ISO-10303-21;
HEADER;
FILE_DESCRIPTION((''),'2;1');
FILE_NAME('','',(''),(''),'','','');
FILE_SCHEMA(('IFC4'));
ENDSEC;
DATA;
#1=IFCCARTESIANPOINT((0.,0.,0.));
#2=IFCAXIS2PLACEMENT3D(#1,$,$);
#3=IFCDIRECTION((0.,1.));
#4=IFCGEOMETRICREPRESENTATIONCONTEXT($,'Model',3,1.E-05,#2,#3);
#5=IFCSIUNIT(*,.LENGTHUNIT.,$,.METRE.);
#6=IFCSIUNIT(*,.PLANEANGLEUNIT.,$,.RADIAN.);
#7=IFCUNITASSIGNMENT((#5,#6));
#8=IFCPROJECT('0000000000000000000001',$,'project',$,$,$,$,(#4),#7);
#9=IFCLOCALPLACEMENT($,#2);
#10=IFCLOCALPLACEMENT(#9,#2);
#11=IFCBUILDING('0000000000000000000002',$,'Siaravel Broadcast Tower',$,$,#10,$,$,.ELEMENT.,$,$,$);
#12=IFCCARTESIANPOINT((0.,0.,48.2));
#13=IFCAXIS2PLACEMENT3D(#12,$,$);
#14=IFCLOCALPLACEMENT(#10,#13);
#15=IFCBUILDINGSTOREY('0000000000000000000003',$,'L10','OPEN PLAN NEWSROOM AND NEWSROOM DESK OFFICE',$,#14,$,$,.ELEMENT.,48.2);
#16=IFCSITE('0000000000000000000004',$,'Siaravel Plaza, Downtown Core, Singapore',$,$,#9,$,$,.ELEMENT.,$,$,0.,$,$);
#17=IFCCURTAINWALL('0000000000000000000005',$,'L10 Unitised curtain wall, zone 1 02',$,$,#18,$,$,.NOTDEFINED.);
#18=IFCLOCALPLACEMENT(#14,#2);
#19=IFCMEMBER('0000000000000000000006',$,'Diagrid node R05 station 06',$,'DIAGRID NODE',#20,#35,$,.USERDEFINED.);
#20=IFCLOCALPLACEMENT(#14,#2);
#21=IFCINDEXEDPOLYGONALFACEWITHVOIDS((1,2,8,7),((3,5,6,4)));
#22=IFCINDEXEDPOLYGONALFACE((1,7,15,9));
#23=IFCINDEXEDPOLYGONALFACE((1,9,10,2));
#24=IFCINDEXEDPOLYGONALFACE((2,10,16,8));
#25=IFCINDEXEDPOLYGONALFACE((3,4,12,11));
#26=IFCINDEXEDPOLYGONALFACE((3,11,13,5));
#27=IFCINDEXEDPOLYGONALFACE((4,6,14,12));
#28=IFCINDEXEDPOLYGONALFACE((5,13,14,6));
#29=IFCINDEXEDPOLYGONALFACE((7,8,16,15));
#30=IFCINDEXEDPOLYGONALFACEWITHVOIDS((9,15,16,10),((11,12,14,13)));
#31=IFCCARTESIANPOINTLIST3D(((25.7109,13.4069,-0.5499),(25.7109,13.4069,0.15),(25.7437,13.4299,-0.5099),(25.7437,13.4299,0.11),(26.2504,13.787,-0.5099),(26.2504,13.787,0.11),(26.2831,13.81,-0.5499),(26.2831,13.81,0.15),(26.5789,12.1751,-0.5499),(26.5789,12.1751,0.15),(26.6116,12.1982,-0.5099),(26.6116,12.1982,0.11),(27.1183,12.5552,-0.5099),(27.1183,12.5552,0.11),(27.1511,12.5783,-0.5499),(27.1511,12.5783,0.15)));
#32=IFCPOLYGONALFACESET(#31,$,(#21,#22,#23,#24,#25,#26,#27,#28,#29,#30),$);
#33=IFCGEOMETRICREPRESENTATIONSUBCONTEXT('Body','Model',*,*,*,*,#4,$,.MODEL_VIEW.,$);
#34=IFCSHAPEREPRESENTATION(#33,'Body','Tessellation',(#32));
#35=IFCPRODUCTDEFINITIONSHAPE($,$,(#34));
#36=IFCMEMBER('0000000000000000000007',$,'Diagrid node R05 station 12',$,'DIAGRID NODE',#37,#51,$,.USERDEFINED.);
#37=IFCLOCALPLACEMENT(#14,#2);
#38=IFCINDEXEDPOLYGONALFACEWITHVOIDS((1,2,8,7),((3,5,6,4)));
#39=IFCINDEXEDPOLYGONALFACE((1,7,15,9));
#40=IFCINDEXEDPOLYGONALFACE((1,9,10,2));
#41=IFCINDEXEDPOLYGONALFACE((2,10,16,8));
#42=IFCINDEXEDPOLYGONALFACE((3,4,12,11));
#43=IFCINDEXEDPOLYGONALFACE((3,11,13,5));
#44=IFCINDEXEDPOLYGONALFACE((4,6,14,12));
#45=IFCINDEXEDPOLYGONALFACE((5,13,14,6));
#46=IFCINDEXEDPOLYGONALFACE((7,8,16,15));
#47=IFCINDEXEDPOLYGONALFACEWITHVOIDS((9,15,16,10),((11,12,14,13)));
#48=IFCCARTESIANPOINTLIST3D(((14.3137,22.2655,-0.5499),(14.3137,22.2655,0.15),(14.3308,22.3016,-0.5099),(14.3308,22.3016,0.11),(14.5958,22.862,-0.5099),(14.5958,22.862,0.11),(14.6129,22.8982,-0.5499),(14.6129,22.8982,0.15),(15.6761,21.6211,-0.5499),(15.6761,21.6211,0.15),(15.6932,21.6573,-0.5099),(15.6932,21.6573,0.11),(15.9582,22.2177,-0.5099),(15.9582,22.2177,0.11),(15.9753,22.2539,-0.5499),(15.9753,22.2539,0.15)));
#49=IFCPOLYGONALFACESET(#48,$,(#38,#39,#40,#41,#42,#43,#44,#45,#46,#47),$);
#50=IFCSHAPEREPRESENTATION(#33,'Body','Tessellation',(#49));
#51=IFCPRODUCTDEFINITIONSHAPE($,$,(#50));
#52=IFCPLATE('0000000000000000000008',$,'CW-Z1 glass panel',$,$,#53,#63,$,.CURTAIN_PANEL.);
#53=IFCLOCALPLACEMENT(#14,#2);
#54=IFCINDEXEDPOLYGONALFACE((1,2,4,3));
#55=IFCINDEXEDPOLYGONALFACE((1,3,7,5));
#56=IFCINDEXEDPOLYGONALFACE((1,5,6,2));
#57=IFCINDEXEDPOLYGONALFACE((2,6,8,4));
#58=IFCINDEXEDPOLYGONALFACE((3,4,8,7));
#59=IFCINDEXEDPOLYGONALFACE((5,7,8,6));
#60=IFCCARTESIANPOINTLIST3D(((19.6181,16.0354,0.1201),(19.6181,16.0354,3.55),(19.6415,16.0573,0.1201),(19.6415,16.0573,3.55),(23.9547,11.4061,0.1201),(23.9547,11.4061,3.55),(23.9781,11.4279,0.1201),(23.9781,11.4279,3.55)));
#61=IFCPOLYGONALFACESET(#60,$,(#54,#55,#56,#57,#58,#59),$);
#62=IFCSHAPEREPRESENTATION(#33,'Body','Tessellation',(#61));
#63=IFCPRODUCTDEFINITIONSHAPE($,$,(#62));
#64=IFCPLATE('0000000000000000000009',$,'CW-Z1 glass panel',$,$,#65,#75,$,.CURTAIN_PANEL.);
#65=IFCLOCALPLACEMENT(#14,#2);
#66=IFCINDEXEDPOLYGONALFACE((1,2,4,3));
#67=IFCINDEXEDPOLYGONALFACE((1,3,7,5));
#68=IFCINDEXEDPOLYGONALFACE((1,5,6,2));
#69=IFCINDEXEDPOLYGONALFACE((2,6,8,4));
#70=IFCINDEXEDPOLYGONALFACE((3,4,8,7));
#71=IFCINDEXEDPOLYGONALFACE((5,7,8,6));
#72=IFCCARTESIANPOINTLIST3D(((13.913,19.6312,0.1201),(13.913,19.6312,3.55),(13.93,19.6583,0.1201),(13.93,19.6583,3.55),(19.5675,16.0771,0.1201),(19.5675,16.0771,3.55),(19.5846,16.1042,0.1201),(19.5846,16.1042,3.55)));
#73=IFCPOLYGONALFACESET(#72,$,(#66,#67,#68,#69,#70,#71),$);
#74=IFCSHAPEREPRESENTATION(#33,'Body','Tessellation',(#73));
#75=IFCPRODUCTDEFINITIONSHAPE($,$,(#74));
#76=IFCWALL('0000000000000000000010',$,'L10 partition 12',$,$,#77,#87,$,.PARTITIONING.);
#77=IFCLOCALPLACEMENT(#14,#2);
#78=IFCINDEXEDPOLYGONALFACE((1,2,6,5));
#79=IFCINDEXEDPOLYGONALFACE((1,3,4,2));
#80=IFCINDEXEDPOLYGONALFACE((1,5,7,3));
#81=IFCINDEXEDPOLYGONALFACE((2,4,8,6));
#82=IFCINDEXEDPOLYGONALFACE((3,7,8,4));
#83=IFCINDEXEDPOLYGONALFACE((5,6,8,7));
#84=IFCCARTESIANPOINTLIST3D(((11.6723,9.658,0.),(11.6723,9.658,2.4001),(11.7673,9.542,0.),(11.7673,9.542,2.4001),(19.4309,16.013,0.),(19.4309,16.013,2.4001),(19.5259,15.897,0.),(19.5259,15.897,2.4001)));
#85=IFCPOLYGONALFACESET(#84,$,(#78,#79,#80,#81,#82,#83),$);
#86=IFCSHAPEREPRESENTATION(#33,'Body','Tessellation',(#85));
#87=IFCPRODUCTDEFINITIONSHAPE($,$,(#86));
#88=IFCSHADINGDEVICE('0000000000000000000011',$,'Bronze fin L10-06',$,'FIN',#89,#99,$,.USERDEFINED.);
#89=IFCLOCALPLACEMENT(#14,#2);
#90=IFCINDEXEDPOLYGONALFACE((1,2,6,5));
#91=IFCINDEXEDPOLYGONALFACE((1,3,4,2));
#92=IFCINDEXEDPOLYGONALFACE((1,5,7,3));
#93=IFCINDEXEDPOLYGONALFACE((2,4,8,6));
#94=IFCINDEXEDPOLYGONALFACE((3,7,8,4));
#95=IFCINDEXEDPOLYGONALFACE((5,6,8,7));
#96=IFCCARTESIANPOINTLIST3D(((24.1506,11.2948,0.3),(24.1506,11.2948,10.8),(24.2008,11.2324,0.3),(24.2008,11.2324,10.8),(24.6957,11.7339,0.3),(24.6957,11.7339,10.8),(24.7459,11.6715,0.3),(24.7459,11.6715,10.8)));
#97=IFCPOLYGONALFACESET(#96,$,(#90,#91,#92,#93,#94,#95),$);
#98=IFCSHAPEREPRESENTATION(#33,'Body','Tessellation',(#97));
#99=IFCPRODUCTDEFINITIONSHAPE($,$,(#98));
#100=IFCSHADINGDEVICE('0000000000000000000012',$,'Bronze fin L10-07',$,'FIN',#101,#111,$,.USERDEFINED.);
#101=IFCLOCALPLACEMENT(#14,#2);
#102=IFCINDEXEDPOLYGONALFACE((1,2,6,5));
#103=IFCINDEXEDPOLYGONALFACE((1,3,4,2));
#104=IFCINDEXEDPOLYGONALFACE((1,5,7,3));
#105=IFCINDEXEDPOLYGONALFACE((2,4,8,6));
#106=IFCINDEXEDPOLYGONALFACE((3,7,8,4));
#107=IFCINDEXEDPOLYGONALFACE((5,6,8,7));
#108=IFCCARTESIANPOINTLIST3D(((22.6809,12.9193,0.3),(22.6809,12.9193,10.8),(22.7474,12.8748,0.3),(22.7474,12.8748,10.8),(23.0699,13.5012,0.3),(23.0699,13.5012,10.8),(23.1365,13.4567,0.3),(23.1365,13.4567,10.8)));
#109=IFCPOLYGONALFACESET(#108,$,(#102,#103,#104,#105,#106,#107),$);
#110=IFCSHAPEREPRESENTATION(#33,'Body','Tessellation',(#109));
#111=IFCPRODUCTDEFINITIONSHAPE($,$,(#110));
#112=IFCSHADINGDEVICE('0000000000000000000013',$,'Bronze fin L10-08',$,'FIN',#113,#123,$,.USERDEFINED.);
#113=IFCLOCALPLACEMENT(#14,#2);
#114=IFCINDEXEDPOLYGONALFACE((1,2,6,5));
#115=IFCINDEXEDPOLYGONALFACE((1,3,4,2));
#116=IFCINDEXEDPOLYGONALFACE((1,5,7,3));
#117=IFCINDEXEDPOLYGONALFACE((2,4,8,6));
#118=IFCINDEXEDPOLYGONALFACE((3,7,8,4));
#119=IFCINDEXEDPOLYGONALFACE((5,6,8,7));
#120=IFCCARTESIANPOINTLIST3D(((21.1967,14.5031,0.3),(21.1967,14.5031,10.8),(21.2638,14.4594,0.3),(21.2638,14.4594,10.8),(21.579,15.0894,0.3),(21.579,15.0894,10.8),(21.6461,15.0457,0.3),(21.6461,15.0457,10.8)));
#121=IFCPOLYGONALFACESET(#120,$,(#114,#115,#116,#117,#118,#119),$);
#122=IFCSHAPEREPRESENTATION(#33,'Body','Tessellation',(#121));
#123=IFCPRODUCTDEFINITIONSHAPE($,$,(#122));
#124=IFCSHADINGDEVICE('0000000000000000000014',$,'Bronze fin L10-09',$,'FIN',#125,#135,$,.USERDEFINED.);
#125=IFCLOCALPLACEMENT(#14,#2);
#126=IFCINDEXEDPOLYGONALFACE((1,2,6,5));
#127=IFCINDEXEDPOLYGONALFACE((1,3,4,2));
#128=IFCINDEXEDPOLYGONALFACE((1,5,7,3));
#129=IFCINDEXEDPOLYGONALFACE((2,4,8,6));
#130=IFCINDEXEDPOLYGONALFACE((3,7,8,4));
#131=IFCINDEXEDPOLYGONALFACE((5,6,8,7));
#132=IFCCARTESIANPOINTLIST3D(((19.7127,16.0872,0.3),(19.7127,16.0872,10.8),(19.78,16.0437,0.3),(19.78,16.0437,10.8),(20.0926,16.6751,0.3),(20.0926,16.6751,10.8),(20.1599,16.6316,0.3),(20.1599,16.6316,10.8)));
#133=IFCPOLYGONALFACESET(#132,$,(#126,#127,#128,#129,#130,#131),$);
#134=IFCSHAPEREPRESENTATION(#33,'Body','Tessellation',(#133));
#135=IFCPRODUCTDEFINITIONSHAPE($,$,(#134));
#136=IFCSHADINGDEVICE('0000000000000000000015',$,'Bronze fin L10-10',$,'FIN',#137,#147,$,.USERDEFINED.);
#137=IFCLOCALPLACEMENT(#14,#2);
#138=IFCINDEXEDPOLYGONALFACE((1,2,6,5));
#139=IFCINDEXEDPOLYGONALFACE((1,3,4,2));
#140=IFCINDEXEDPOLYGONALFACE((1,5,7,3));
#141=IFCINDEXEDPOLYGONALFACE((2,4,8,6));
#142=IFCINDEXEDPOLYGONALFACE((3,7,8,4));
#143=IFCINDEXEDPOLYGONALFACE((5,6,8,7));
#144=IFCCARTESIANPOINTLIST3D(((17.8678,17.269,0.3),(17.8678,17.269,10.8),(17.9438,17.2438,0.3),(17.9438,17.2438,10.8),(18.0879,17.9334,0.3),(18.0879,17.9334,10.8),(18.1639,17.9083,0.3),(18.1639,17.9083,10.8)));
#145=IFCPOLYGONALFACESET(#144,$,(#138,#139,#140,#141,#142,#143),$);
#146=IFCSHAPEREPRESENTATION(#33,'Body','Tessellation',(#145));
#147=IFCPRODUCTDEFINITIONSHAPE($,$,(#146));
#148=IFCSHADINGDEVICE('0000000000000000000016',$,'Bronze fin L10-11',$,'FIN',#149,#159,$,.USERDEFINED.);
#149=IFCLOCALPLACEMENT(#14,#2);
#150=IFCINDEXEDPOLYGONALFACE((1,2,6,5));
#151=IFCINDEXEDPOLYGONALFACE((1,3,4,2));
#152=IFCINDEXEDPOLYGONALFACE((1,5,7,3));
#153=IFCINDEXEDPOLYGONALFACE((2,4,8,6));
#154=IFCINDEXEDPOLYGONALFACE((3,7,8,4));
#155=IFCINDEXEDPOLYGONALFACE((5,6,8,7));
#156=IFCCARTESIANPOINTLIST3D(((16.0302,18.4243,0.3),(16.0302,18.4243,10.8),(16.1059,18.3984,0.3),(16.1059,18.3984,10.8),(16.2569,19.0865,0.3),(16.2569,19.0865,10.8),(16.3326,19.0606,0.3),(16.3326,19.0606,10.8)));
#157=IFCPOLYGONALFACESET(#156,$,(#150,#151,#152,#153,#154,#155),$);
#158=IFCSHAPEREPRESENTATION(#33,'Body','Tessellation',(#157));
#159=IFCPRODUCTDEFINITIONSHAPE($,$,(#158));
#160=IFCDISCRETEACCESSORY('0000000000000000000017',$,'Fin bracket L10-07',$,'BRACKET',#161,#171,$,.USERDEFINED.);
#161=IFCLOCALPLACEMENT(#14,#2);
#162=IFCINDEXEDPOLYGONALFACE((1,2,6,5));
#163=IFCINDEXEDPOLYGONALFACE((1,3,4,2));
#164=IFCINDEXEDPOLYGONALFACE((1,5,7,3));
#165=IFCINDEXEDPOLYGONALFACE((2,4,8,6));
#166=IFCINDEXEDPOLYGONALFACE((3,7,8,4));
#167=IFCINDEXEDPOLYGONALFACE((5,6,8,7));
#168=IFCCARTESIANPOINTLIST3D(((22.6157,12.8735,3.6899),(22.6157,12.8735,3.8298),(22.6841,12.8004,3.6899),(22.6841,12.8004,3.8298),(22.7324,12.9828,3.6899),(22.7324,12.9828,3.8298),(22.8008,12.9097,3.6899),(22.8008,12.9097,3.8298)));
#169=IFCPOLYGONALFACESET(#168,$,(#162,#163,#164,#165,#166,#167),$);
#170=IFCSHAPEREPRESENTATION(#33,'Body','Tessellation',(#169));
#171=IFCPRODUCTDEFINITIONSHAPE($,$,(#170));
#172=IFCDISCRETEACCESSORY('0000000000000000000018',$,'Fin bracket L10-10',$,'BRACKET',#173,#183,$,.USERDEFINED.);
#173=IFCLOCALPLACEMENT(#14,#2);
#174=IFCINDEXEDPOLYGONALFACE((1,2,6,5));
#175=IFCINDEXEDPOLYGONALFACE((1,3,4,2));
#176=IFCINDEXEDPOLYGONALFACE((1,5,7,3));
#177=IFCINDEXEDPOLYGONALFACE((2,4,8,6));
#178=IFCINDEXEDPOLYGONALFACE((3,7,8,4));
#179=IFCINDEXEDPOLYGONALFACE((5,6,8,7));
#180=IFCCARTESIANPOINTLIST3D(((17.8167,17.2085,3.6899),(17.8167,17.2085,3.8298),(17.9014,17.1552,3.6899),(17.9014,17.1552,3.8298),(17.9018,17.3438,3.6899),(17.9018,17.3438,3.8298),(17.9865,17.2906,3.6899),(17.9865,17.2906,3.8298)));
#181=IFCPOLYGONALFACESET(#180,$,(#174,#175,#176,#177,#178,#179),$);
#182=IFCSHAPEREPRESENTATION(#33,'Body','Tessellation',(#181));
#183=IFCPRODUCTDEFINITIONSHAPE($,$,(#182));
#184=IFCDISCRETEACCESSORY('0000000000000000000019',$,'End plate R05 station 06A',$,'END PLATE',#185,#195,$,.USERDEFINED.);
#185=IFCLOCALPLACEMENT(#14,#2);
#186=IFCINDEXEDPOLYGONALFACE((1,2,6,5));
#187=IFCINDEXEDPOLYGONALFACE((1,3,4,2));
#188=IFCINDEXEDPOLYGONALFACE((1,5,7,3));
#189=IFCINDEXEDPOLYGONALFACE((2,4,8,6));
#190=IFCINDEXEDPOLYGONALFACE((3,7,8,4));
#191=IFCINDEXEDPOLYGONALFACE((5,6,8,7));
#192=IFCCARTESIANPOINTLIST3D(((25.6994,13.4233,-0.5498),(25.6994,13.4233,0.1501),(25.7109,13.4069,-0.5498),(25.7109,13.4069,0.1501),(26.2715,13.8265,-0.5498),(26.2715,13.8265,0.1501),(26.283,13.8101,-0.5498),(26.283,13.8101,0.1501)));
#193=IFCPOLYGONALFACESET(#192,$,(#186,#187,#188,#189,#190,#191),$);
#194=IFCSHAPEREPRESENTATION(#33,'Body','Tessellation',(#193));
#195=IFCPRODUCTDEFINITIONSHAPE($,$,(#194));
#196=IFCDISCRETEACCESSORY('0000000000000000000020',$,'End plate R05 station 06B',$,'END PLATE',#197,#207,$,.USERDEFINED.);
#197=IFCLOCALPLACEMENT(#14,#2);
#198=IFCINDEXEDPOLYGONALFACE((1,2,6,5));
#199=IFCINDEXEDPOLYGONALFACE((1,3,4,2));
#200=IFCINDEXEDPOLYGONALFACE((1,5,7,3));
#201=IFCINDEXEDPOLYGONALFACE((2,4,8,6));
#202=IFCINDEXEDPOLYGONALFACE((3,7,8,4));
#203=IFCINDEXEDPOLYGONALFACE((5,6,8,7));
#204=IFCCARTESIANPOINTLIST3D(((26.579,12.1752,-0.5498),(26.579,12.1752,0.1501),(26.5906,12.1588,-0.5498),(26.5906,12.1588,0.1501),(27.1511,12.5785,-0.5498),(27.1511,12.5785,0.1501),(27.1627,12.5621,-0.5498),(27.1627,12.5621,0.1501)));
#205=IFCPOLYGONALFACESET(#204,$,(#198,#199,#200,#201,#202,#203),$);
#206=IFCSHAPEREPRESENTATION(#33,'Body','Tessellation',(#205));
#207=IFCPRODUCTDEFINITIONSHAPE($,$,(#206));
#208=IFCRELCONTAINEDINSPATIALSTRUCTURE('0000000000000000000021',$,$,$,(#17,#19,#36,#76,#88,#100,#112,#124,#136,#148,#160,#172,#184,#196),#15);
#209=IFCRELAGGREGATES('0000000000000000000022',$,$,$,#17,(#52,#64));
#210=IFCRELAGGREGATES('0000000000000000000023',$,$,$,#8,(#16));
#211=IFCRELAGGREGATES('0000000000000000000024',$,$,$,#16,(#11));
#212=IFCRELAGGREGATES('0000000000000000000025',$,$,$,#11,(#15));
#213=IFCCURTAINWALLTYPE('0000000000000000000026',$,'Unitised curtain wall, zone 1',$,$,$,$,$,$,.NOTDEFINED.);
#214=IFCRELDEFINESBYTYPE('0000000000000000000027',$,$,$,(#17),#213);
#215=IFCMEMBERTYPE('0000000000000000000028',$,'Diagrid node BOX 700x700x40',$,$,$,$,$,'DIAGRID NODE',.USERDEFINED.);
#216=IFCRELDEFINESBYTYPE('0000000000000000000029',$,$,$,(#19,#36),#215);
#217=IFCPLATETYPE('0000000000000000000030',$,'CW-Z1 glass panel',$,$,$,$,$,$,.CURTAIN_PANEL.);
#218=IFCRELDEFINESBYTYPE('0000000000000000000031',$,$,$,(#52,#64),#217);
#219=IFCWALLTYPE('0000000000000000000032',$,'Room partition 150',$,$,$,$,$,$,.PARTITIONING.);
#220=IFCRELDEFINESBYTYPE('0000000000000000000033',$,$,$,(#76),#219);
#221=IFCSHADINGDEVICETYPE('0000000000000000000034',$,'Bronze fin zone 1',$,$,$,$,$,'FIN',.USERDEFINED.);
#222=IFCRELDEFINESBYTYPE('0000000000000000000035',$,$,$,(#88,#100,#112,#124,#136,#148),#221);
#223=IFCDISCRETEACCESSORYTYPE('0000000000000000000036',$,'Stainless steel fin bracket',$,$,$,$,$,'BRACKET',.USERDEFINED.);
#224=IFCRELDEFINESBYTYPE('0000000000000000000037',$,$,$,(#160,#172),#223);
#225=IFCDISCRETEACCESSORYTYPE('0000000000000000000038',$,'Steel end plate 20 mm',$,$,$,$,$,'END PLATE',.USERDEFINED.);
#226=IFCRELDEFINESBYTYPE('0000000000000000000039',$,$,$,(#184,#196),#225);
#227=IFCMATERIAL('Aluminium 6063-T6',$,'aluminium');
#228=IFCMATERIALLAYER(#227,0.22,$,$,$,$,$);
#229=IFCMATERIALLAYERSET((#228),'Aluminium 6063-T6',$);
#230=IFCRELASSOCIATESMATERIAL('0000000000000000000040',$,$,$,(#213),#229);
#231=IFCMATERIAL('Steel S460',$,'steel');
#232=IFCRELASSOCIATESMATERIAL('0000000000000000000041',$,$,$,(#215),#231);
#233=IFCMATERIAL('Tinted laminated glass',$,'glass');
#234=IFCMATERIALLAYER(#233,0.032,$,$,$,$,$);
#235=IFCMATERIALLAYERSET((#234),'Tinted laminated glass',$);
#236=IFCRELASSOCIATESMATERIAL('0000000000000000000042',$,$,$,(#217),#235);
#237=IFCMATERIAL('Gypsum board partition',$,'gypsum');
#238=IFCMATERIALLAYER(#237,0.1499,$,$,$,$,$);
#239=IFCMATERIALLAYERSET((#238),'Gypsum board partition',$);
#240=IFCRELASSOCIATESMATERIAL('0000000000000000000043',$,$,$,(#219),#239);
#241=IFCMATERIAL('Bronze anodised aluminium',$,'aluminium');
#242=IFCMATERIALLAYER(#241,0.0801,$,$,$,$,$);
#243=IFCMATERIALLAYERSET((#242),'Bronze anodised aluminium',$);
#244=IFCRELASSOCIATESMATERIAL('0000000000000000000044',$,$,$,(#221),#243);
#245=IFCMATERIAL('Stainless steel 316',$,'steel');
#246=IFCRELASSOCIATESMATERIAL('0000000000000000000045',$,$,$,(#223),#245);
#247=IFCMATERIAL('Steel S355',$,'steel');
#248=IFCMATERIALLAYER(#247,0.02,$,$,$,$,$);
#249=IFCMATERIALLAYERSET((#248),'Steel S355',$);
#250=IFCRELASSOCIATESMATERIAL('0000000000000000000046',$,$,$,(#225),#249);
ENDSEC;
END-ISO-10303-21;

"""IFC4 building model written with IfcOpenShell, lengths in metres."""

from ifc_helpers import new_model, si_unit, direction, frame, frame_2d, origin, origin_2d, place, context, subcontext, project, spatial, rectangle, hollow_rectangle, extrude, material, layer, layer_set, material_profile, profile_set, type_object, element, aggregate, save


model = new_model("IFC4")

# Units and contexts
model_context = context("Model", 3, precision=1e-05, world=origin(), true_north=direction((0.0, 1.0)))
body_context = subcontext(model_context, "Body", "Model", "MODEL_VIEW")
ifc_project = project(units=[si_unit("LENGTHUNIT", "METRE"), si_unit("PLANEANGLEUNIT", "RADIAN")], contexts=[model_context])

# Site, building, storey
site_placement = place(None, origin())
site = spatial("IfcSite", under=ifc_project, at=site_placement, Name="Siaravel Plaza, Downtown Core, Singapore", CompositionType="ELEMENT", RefElevation=0.0)
building_placement = place(site_placement, origin())
building = spatial("IfcBuilding", under=site, at=building_placement, Name="Siaravel Broadcast Tower", CompositionType="ELEMENT")
storey_placement = place(building_placement, frame((0.0, 0.0, 48.2)))
storey = spatial("IfcBuildingStorey", under=building, at=storey_placement, Name="L10", Description="OPEN PLAN NEWSROOM AND NEWSROOM DESK OFFICE", CompositionType="ELEMENT", Elevation=48.2)

# Shared definitions
ifc_material_1 = material(Name="Steel S355", Category="steel")

# Curtain wall
ifc_material_2 = material(Name="Aluminium 6063-T6", Category="aluminium")
ifc_layer_1 = layer(ifc_material_2, 0.22)
ifc_layer_set_1 = layer_set([ifc_layer_1], Name="Aluminium 6063-T6")
curtain_wall_type = type_object("IfcCurtainWallType", Name="Unitised curtain wall, zone 1", PredefinedType="NOTDEFINED", material=ifc_layer_set_1)
curtain_wall_placement = place(storey_placement, origin())
curtain_wall = element("IfcCurtainWall", 1, at=curtain_wall_placement, inside=storey, type_object=curtain_wall_type, Name="L10 Unitised curtain wall, zone 1 02", PredefinedType="NOTDEFINED")

# Members
ifc_material_3 = material(Name="Steel S460", Category="steel")
ifc_material_profile_1 = material_profile(ifc_material_3, hollow_rectangle(XDim=0.7, YDim=0.7, WallThickness=0.04, at=origin_2d()))
ifc_profile_set_1 = profile_set([ifc_material_profile_1], Name="Steel S460")
member_type_1 = type_object("IfcMemberType", Name="Diagrid node BOX 700x700x40", ElementType="DIAGRID NODE", PredefinedType="USERDEFINED", material=ifc_profile_set_1)
member_1_placement = place(storey_placement, frame((26.865, 12.3767, -0.2), z_axis=(-0.576015, 0.817439, 0.0), x_axis=(-0.817439, -0.576015, 0.0)))
element("IfcMember", 2, at=member_1_placement, inside=storey, type_object=member_type_1, Name="Diagrid node R05 station 06", ObjectType="DIAGRID NODE", PredefinedType="USERDEFINED", context=body_context, shape_type="SweptSolid", body=[
    extrude(hollow_rectangle(XDim=0.7, YDim=0.7, WallThickness=0.04, at=origin_2d()), origin(), (0.0, 0.0, 1.0), 1.5068),
])
member_2_placement = place(storey_placement, frame((15.8257, 21.9375, -0.2), z_axis=(-0.903998, 0.427536, 0.0), x_axis=(-0.427536, -0.903998, 0.0)))
element("IfcMember", 3, at=member_2_placement, inside=storey, type_object=member_type_1, Name="Diagrid node R05 station 12", ObjectType="DIAGRID NODE", PredefinedType="USERDEFINED", context=body_context, shape_type="SweptSolid", body=[
    extrude(hollow_rectangle(XDim=0.7, YDim=0.7, WallThickness=0.04, at=origin_2d()), origin(), (0.0, 0.0, 1.0), 1.5071),
])

# Plates
ifc_material_4 = material(Name="Tinted laminated glass", Category="glass")
ifc_layer_2 = layer(ifc_material_4, 0.032)
ifc_layer_set_2 = layer_set([ifc_layer_2], Name="Tinted laminated glass")
plate_type = type_object("IfcPlateType", Name="CW-Z1 glass panel", PredefinedType="CURTAIN_PANEL", material=ifc_layer_set_2)
plate_1_placement = place(storey_placement, frame((21.7981, 13.7317, 0.1201), z_axis=(0.0, 0.0, 1.0), x_axis=(-0.683655, 0.729805, 0.0)))
plate_1 = element("IfcPlate", 4, at=plate_1_placement, type_object=plate_type, Name="CW-Z1 glass panel", PredefinedType="CURTAIN_PANEL", context=body_context, shape_type="SweptSolid", body=[
    extrude(rectangle(XDim=6.3433, YDim=0.032, at=origin_2d()), origin(), (0.0, 0.0, 1.0), 3.4299),
])
plate_2_placement = place(storey_placement, frame((16.7488, 17.8677, 0.1201), z_axis=(0.0, 0.0, 1.0), x_axis=(-0.846651, 0.532149, 0.0)))
plate_2 = element("IfcPlate", 5, at=plate_2_placement, type_object=plate_type, Name="CW-Z1 glass panel", PredefinedType="CURTAIN_PANEL", context=body_context, shape_type="SweptSolid", body=[
    extrude(rectangle(XDim=6.6787, YDim=0.032, at=origin_2d()), origin(), (0.0, 0.0, 1.0), 3.4299),
])
aggregate(curtain_wall, [plate_1, plate_2])

# Wall
ifc_material_5 = material(Name="Gypsum board partition", Category="gypsum")
ifc_layer_3 = layer(ifc_material_5, 0.1499)
ifc_layer_set_3 = layer_set([ifc_layer_3], Name="Gypsum board partition")
wall_type = type_object("IfcWallType", Name="Room partition 150", PredefinedType="PARTITIONING", material=ifc_layer_set_3)
wall_placement = place(storey_placement, frame((19.4785, 15.9551, 0.0), z_axis=(0.0, 0.0, 1.0), x_axis=(-0.773611, -0.633661, 0.0)))
element("IfcWall", 6, at=wall_placement, inside=storey, type_object=wall_type, Name="L10 partition 12", PredefinedType="PARTITIONING", context=body_context, shape_type="SweptSolid", body=[
    extrude(rectangle(XDim=10.0291, YDim=0.1499, at=frame_2d((5.0146, 0.0))), origin(), (0.0, 0.0, 1.0), 2.4001),
])

# Shading devices
ifc_material_6 = material(Name="Bronze anodised aluminium", Category="aluminium")
ifc_layer_4 = layer(ifc_material_6, 0.0801)
ifc_layer_set_4 = layer_set([ifc_layer_4], Name="Bronze anodised aluminium")
shading_device_type = type_object("IfcShadingDeviceType", Name="Bronze fin zone 1", ElementType="FIN", PredefinedType="USERDEFINED", material=ifc_layer_set_4)
for number, where, z_axis, x_axis, name in (
    (7, (24.4482, 11.4832, 0.3), (0.0, 0.0, 1.0), (0.778727, 0.627363, 0.0), "Bronze fin L10-06"),
    (8, (22.9087, 13.188, 0.3), (0.0, 0.0, 1.0), (0.555856, 0.831279, 0.0), "Bronze fin L10-07"),
    (9, (21.4214, 14.7744, 0.3), (0.0, 0.0, 1.0), (0.546168, 0.837676, 0.0), "Bronze fin L10-08"),
    (10, (19.9363, 16.3594, 0.3), (0.0, 0.0, 1.0), (0.542741, 0.8399, 0.0), "Bronze fin L10-09"),
    (11, (18.0159, 17.5886, 0.3), (0.0, 0.0, 1.0), (0.314483, 0.949263, 0.0), "Bronze fin L10-10"),
    (12, (16.1814, 18.7424, 0.3), (0.0, 0.0, 1.0), (0.323896, 0.946093, 0.0), "Bronze fin L10-11"),
):
    element("IfcShadingDevice", number, at=place(storey_placement, frame(where, z_axis=z_axis, x_axis=x_axis)), inside=storey, type_object=shading_device_type, Name=name, ObjectType="FIN", PredefinedType="USERDEFINED", context=body_context, shape_type="SweptSolid", body=[
        extrude(rectangle(XDim=0.7, YDim=0.0801, at=origin_2d()), origin(), (0.0, 0.0, 1.0), 10.5),
    ])

# Discrete accessories
ifc_material_7 = material(Name="Stainless steel 316", Category="steel")
discrete_accessory_type_1 = type_object("IfcDiscreteAccessoryType", Name="Stainless steel fin bracket", ElementType="BRACKET", PredefinedType="USERDEFINED", material=ifc_material_7)
for number, where, z_axis, x_axis, name in (
    (13, (22.7083, 12.8916, 3.6899), (0.0, 0.0, 1.0), (0.729806, 0.683655, 0.0), "Fin bracket L10-07"),
    (14, (17.9016, 17.2495, 3.6899), (0.0, 0.0, 1.0), (0.532149, 0.84665, 0.0), "Fin bracket L10-10"),
):
    element("IfcDiscreteAccessory", number, at=place(storey_placement, frame(where, z_axis=z_axis, x_axis=x_axis)), inside=storey, type_object=discrete_accessory_type_1, Name=name, ObjectType="BRACKET", PredefinedType="USERDEFINED", context=body_context, shape_type="SweptSolid", body=[
        extrude(rectangle(XDim=0.1599, YDim=0.1001, at=origin_2d()), origin(), (0.0, 0.0, 1.0), 0.1399),
    ])
ifc_layer_5 = layer(ifc_material_1, 0.02)
ifc_layer_set_5 = layer_set([ifc_layer_5], Name="Steel S355")
discrete_accessory_type_2 = type_object("IfcDiscreteAccessoryType", Name="Steel end plate 20 mm", ElementType="END PLATE", PredefinedType="USERDEFINED", material=ifc_layer_set_5)
for number, where, z_axis, x_axis, name in (
    (15, (25.9912, 13.6167, -0.5498), (0.0, 0.0, 1.0), (-0.576119, 0.817366, 0.0), "End plate R05 station 06A"),
    (16, (26.8708, 12.3687, -0.5498), (0.0, 0.0, 1.0), (-0.576119, 0.817366, 0.0), "End plate R05 station 06B"),
):
    element("IfcDiscreteAccessory", number, at=place(storey_placement, frame(where, z_axis=z_axis, x_axis=x_axis)), inside=storey, type_object=discrete_accessory_type_2, Name=name, ObjectType="END PLATE", PredefinedType="USERDEFINED", context=body_context, shape_type="SweptSolid", body=[
        extrude(rectangle(XDim=0.02, YDim=0.7, at=origin_2d()), origin(), (0.0, 0.0, 1.0), 0.7),
    ])

save(model, "model.ifc")
